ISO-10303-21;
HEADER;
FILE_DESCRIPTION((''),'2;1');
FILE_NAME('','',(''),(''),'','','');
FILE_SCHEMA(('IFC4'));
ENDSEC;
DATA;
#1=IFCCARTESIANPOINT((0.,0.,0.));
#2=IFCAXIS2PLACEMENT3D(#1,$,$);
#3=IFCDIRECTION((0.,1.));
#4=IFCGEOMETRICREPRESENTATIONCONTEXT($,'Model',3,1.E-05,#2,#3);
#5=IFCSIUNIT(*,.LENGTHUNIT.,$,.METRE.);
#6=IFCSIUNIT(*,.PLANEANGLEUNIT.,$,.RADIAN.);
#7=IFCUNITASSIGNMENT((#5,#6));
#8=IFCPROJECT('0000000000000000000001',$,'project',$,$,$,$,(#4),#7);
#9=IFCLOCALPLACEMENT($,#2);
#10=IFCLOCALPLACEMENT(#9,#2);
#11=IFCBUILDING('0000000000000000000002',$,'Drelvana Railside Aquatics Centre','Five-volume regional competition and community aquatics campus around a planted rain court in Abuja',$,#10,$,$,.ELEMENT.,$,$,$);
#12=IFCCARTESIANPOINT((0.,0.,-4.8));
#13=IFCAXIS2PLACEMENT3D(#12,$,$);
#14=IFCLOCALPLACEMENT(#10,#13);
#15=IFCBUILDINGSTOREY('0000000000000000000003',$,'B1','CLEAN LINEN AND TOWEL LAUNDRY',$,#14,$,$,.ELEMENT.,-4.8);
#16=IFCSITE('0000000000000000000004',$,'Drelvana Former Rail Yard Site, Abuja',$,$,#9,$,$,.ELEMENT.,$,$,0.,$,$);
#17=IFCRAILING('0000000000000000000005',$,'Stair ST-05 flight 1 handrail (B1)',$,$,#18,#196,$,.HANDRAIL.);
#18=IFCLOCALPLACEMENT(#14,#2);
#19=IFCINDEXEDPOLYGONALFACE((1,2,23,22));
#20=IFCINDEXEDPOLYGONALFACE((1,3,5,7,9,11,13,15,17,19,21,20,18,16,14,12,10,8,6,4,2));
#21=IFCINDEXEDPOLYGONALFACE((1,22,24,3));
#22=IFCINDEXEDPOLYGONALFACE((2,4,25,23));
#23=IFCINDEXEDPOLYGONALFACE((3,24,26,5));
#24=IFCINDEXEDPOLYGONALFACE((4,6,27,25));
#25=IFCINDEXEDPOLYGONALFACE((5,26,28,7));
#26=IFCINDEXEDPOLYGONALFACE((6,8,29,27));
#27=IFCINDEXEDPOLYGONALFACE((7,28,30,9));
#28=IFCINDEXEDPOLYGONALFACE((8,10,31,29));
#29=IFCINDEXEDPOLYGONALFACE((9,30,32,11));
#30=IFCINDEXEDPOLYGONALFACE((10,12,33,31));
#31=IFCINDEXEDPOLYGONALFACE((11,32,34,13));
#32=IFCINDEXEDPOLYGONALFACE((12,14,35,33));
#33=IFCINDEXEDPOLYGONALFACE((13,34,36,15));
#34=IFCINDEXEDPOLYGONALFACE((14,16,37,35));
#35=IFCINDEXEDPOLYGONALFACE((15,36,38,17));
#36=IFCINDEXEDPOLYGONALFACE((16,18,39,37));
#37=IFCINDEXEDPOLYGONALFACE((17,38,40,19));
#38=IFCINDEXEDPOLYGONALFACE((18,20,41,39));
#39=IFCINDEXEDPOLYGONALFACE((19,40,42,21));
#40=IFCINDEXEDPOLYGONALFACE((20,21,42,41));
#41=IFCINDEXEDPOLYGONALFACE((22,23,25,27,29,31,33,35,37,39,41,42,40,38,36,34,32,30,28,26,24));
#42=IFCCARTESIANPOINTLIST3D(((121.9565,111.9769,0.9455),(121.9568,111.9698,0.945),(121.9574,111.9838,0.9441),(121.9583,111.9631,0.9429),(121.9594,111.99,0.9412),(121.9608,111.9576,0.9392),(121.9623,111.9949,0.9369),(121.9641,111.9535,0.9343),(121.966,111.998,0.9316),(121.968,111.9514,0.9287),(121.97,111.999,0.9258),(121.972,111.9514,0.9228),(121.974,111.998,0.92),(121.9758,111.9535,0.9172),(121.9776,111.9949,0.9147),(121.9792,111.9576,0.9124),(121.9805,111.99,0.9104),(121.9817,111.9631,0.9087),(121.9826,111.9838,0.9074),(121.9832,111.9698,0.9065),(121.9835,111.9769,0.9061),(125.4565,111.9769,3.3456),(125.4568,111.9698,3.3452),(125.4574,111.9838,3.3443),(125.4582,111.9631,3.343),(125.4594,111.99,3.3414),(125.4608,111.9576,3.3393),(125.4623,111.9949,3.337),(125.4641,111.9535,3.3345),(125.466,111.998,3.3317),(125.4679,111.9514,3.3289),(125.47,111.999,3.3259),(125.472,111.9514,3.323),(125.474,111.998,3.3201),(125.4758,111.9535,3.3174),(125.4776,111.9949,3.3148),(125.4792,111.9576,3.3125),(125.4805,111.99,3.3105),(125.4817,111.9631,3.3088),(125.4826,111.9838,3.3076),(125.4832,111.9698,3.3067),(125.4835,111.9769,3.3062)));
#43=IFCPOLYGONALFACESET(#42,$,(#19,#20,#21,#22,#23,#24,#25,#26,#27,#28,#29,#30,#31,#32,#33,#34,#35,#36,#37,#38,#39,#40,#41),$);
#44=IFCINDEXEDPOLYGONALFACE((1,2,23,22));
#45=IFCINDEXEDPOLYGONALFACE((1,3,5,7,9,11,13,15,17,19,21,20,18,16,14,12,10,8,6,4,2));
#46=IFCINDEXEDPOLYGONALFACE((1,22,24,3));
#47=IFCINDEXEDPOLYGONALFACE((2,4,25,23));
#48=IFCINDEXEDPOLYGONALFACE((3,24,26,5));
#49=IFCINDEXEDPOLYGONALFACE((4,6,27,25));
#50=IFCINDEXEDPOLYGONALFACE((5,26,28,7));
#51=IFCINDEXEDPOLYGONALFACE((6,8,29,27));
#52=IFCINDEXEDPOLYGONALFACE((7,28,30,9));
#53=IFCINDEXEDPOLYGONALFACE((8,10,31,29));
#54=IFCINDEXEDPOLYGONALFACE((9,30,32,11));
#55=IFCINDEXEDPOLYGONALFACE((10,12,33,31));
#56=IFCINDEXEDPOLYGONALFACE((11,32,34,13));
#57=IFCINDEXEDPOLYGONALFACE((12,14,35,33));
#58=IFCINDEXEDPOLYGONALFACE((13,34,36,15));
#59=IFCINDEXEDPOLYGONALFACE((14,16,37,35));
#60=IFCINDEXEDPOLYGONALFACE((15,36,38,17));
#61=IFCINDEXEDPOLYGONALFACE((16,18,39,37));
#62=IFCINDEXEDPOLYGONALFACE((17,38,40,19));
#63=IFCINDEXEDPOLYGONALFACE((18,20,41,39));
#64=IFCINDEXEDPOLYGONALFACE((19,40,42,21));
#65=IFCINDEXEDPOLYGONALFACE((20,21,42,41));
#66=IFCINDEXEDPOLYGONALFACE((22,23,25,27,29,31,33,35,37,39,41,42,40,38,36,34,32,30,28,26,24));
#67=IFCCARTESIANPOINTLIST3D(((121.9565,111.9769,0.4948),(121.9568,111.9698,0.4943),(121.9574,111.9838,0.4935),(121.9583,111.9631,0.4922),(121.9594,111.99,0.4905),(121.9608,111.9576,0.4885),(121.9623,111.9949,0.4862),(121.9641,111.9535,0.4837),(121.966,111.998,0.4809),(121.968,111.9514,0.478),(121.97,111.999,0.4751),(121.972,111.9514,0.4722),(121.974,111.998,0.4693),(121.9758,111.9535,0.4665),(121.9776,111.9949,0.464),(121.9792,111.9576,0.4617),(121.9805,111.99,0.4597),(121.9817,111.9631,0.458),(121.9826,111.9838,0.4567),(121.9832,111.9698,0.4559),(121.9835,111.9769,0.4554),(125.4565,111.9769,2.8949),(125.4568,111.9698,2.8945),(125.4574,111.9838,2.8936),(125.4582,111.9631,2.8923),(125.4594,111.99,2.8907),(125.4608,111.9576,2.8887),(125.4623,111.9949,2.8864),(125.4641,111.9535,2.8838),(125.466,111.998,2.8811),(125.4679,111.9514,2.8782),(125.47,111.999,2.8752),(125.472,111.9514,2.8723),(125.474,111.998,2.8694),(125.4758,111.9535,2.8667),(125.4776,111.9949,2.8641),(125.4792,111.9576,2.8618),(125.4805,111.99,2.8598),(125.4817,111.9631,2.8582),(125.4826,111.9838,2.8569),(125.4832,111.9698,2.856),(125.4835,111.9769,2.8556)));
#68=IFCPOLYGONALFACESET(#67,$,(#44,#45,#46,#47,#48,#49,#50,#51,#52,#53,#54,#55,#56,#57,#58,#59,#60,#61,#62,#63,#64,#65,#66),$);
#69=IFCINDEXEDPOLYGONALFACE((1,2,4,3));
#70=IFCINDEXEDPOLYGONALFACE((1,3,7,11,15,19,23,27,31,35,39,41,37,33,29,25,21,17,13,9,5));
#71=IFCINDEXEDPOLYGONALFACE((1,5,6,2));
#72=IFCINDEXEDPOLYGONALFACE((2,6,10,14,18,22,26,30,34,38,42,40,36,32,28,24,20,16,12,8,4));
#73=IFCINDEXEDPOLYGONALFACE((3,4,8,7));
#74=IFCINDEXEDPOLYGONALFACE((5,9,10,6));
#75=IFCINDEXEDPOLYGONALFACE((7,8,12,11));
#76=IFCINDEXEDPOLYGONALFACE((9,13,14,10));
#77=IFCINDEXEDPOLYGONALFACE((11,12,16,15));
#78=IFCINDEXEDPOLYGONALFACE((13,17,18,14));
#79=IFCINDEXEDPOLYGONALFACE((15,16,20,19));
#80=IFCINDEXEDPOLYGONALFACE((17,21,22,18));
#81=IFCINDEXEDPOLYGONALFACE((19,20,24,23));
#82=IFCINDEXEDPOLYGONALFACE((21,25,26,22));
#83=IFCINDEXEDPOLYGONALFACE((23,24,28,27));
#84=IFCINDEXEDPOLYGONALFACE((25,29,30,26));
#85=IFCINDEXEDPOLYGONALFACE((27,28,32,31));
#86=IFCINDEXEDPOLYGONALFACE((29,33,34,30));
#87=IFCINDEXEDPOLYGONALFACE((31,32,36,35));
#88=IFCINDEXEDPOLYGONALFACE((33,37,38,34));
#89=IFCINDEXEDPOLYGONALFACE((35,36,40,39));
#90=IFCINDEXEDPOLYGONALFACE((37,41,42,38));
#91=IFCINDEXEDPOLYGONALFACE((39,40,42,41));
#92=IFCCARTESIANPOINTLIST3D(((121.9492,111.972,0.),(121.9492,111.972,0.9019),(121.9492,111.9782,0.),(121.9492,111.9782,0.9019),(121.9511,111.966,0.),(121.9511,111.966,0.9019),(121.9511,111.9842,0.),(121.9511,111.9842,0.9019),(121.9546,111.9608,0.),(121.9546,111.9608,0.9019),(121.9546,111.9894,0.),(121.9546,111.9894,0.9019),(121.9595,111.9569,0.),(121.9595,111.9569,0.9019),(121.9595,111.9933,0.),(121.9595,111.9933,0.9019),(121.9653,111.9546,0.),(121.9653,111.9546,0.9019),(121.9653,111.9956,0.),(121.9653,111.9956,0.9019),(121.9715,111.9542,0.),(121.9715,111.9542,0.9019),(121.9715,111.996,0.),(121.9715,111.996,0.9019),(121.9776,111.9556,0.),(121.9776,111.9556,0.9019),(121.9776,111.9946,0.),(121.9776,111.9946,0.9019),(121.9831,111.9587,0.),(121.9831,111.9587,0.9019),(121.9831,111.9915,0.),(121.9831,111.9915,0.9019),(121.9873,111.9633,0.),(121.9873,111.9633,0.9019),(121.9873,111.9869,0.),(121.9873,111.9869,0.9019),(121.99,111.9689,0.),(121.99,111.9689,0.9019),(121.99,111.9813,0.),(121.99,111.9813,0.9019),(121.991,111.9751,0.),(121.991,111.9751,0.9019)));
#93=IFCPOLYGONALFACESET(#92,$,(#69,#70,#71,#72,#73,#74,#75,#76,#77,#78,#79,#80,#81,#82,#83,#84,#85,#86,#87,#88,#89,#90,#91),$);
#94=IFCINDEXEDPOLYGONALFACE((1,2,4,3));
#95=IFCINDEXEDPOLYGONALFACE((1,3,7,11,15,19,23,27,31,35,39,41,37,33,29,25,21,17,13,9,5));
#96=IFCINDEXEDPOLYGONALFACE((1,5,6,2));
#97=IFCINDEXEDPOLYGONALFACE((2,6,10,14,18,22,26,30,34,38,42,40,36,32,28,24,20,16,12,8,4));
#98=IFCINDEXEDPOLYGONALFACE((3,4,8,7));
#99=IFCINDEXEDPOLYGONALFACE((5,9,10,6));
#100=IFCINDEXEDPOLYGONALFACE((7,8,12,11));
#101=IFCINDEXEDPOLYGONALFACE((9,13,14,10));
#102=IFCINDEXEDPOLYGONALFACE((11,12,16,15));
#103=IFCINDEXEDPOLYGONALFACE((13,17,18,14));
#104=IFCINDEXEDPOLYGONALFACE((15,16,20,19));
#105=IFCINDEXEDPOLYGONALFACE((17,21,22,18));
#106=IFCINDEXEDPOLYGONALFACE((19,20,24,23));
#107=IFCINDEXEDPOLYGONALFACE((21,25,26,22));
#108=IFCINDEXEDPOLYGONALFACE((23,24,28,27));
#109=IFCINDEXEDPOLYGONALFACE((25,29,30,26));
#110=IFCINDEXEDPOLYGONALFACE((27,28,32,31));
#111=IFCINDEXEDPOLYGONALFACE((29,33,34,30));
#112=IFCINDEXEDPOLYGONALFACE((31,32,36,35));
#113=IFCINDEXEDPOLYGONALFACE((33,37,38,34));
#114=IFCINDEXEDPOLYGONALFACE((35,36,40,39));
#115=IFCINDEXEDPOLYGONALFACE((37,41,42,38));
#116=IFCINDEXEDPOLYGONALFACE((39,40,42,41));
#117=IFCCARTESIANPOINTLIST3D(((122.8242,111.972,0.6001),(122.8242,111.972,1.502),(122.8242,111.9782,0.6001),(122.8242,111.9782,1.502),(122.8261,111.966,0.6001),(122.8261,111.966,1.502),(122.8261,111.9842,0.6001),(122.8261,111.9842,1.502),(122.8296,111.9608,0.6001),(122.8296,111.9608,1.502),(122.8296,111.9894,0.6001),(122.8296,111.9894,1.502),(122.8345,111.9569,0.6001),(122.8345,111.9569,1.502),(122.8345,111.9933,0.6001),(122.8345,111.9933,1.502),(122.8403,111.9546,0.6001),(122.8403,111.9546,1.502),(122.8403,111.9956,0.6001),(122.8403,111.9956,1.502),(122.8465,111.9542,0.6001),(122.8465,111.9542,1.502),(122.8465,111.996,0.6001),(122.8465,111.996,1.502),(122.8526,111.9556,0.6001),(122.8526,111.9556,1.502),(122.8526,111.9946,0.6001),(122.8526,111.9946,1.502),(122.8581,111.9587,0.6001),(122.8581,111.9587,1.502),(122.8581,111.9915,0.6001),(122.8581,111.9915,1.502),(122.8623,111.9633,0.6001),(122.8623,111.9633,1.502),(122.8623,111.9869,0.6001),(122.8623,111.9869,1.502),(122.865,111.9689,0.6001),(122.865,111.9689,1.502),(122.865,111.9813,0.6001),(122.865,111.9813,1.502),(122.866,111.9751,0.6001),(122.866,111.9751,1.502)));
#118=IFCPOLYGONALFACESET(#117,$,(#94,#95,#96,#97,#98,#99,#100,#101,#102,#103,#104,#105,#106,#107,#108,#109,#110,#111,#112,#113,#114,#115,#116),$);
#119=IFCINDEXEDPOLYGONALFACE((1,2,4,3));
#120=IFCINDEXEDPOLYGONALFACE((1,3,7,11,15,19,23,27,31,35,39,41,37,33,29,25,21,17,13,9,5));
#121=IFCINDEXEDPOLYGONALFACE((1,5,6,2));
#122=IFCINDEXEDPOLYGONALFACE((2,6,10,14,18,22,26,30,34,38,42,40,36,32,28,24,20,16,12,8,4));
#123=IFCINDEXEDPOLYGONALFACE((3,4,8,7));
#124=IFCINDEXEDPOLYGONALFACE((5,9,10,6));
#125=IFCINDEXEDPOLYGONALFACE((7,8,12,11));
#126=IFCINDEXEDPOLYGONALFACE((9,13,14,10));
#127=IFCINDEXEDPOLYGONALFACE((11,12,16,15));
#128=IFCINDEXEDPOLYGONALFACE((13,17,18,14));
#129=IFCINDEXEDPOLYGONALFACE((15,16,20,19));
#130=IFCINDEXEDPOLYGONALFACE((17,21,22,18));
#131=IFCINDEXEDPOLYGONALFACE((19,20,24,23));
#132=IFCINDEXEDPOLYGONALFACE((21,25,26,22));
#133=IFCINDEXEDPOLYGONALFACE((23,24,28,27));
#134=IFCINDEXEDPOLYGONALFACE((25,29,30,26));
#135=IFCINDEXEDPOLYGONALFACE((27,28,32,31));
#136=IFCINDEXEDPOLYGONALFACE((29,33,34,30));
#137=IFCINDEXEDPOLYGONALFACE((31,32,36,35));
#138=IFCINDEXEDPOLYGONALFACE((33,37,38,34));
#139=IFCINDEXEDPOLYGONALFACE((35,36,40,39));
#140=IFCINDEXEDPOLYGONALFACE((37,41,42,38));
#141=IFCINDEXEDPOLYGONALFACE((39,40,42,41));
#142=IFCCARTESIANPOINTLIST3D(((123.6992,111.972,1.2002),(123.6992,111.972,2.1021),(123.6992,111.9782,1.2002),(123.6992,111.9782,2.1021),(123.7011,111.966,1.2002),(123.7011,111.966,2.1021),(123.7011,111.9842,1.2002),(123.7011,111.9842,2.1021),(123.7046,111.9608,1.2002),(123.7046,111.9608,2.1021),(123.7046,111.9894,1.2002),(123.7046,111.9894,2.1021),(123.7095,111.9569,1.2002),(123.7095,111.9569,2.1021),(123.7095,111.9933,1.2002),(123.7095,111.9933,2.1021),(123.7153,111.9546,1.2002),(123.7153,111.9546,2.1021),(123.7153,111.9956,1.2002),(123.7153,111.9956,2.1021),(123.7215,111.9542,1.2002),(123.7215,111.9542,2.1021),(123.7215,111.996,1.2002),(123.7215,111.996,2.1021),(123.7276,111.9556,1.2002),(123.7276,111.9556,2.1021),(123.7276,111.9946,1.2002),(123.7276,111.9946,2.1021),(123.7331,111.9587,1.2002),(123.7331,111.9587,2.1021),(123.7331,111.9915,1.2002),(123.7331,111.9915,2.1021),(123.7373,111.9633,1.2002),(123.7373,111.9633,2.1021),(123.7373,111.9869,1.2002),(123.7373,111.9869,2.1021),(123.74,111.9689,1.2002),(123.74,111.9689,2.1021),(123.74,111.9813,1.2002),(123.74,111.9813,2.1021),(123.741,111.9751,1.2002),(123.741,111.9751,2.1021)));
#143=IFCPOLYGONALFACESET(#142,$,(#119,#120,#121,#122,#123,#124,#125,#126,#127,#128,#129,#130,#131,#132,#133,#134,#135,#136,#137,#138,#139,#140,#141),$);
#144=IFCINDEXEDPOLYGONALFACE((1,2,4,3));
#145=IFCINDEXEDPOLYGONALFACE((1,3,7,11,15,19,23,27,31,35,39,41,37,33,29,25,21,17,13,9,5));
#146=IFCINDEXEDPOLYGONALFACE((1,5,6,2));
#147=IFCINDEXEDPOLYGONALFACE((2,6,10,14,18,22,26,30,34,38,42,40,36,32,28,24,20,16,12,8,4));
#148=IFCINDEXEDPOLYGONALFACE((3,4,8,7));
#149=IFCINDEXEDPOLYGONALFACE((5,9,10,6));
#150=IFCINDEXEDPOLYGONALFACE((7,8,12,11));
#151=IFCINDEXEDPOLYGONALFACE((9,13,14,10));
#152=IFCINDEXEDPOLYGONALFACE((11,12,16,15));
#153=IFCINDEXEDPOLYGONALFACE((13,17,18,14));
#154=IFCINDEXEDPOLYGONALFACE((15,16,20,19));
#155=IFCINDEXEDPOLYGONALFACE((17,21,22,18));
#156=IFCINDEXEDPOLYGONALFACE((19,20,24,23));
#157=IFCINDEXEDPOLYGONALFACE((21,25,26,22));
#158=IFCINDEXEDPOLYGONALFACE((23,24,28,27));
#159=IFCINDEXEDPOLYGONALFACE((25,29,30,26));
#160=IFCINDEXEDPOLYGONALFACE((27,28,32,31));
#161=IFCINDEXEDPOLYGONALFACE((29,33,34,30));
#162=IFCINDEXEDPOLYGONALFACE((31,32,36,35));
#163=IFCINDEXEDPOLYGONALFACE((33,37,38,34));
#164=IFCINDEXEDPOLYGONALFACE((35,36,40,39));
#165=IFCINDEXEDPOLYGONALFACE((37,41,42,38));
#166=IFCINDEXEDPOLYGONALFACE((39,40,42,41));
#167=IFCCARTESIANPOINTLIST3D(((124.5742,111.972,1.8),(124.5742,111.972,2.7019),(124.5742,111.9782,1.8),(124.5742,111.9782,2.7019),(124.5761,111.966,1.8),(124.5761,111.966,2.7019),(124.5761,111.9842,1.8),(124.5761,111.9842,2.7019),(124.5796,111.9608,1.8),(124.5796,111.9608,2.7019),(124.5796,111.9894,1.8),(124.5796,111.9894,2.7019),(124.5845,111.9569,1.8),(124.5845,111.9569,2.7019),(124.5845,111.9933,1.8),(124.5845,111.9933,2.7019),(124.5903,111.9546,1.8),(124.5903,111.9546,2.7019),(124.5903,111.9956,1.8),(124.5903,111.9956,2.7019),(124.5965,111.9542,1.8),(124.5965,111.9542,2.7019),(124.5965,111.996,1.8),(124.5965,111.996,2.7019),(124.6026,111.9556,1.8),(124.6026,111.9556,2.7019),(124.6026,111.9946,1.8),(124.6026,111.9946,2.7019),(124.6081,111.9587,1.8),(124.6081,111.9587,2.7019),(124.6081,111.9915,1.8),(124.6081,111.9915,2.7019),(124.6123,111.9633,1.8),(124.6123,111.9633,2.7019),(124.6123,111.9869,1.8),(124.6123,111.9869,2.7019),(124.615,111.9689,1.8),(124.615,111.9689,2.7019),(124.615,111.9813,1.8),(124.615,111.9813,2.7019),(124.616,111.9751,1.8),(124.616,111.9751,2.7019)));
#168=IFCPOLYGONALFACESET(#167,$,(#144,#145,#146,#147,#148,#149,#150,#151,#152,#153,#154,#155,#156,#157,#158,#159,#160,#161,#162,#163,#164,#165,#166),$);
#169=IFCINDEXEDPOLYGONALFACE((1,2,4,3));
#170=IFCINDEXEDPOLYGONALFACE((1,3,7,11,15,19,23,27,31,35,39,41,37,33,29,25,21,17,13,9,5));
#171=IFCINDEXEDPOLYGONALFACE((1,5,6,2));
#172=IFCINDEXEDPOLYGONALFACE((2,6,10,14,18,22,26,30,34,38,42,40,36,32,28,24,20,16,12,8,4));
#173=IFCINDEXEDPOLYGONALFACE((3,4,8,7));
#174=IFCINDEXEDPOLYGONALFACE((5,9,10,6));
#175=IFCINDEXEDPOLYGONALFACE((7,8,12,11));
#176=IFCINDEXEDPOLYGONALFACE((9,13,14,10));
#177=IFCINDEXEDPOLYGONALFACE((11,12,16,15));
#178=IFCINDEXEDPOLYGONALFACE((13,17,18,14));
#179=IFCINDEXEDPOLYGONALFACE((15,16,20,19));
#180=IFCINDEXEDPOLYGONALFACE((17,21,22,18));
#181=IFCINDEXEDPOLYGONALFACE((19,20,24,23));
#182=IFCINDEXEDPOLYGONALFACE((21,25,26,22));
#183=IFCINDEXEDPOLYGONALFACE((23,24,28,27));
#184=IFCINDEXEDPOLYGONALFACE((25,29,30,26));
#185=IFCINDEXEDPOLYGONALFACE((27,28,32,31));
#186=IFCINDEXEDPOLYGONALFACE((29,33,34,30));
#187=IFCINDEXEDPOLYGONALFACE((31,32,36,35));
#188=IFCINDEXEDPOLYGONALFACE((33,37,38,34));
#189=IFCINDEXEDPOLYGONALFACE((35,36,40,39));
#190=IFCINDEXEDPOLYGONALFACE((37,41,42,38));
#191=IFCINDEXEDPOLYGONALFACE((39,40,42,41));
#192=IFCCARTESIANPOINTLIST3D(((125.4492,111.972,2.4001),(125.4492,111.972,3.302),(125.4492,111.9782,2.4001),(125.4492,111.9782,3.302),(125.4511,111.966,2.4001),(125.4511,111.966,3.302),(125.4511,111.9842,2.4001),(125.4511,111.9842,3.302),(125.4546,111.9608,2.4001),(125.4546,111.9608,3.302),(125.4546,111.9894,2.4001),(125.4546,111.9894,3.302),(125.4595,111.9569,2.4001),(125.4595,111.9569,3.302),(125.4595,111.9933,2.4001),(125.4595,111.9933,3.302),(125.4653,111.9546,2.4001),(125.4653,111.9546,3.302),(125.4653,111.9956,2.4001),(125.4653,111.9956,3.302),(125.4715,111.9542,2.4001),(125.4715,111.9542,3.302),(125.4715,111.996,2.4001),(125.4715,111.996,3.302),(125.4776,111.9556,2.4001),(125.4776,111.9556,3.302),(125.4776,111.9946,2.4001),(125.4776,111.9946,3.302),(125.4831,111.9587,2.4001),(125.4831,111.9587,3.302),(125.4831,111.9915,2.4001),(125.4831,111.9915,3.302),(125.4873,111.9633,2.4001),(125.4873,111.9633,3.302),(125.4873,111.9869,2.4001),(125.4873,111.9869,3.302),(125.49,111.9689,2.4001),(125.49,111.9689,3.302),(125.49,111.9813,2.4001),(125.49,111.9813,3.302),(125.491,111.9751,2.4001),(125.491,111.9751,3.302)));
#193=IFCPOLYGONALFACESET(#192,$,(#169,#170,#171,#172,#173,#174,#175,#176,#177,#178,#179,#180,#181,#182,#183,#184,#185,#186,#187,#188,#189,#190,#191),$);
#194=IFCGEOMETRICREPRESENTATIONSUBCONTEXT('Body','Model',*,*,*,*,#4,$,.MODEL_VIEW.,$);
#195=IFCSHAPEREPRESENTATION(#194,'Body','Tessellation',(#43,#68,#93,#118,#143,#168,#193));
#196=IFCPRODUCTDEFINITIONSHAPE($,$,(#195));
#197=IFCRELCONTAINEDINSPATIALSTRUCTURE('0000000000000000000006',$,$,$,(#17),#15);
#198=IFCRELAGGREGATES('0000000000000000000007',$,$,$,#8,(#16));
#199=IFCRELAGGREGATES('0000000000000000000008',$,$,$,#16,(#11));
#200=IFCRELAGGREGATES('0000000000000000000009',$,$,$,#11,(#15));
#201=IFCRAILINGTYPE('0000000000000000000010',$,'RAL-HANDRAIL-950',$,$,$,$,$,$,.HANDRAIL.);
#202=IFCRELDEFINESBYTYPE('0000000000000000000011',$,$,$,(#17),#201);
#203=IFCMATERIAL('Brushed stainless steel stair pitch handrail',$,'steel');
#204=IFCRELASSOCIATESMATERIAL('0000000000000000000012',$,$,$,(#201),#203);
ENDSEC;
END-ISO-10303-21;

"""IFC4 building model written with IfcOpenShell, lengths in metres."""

from ifc_helpers import new_model, si_unit, direction, frame, origin, origin_2d, place, context, subcontext, project, spatial, circle, extrude, material, type_object, element, save


model = new_model("IFC4")

# Units and contexts
model_context = context("Model", 3, precision=1e-05, world=origin(), true_north=direction((0.0, 1.0)))
body_context = subcontext(model_context, "Body", "Model", "MODEL_VIEW")
ifc_project = project(units=[si_unit("LENGTHUNIT", "METRE"), si_unit("PLANEANGLEUNIT", "RADIAN")], contexts=[model_context])

# Site, building, storey
site_placement = place(None, origin())
site = spatial("IfcSite", under=ifc_project, at=site_placement, Name="Drelvana Former Rail Yard Site, Abuja", CompositionType="ELEMENT", RefElevation=0.0)
building_placement = place(site_placement, origin())
building = spatial("IfcBuilding", under=site, at=building_placement, Name="Drelvana Railside Aquatics Centre", Description="Five-volume regional competition and community aquatics campus around a planted rain court in Abuja", CompositionType="ELEMENT")
storey_placement = place(building_placement, frame((0.0, 0.0, -4.8)))
storey = spatial("IfcBuildingStorey", under=building, at=storey_placement, Name="B1", Description="CLEAN LINEN AND TOWEL LAUNDRY", CompositionType="ELEMENT", Elevation=-4.8)

# Railing
ifc_material_1 = material(Name="Brushed stainless steel stair pitch handrail", Category="steel")
railing_type = type_object("IfcRailingType", Name="RAL-HANDRAIL-950", PredefinedType="HANDRAIL", material=ifc_material_1)
railing_1_placement = place(storey_placement, frame((121.97, 111.9751, 0.0)))
element("IfcRailing", 1, at=railing_1_placement, inside=storey, type_object=railing_type, Name="Stair ST-05 flight 1 handrail (B1)", PredefinedType="HANDRAIL", context=body_context, shape_type="SweptSolid", body=[
    extrude(circle(Radius=0.0239, at=origin_2d()), frame((0.0, 0.0, 0.9258), z_axis=(0.824713, 0.0, 0.565552), x_axis=(0.0, 1.0, 0.0)), (0.0, 0.0, 1.0), 4.2439),
    extrude(circle(Radius=0.0239, at=origin_2d()), frame((0.0, 0.0, 0.4751), z_axis=(0.824713, 0.0, 0.565552), x_axis=(0.0, 1.0, 0.0)), (0.0, 0.0, 1.0), 4.2439),
    extrude(circle(Radius=0.021, at=origin_2d()), origin(), (0.0, 0.0, 1.0), 0.9019),
    extrude(circle(Radius=0.021, at=origin_2d()), frame((0.875, 0.0, 0.6001)), (0.0, 0.0, 1.0), 0.9019),
    extrude(circle(Radius=0.021, at=origin_2d()), frame((1.75, 0.0, 1.2002)), (0.0, 0.0, 1.0), 0.9019),
    extrude(circle(Radius=0.021, at=origin_2d()), frame((2.625, 0.0, 1.8)), (0.0, 0.0, 1.0), 0.9019),
    extrude(circle(Radius=0.021, at=origin_2d()), frame((3.5, 0.0, 2.4001)), (0.0, 0.0, 1.0), 0.9019),
])

save(model, "model.ifc")
